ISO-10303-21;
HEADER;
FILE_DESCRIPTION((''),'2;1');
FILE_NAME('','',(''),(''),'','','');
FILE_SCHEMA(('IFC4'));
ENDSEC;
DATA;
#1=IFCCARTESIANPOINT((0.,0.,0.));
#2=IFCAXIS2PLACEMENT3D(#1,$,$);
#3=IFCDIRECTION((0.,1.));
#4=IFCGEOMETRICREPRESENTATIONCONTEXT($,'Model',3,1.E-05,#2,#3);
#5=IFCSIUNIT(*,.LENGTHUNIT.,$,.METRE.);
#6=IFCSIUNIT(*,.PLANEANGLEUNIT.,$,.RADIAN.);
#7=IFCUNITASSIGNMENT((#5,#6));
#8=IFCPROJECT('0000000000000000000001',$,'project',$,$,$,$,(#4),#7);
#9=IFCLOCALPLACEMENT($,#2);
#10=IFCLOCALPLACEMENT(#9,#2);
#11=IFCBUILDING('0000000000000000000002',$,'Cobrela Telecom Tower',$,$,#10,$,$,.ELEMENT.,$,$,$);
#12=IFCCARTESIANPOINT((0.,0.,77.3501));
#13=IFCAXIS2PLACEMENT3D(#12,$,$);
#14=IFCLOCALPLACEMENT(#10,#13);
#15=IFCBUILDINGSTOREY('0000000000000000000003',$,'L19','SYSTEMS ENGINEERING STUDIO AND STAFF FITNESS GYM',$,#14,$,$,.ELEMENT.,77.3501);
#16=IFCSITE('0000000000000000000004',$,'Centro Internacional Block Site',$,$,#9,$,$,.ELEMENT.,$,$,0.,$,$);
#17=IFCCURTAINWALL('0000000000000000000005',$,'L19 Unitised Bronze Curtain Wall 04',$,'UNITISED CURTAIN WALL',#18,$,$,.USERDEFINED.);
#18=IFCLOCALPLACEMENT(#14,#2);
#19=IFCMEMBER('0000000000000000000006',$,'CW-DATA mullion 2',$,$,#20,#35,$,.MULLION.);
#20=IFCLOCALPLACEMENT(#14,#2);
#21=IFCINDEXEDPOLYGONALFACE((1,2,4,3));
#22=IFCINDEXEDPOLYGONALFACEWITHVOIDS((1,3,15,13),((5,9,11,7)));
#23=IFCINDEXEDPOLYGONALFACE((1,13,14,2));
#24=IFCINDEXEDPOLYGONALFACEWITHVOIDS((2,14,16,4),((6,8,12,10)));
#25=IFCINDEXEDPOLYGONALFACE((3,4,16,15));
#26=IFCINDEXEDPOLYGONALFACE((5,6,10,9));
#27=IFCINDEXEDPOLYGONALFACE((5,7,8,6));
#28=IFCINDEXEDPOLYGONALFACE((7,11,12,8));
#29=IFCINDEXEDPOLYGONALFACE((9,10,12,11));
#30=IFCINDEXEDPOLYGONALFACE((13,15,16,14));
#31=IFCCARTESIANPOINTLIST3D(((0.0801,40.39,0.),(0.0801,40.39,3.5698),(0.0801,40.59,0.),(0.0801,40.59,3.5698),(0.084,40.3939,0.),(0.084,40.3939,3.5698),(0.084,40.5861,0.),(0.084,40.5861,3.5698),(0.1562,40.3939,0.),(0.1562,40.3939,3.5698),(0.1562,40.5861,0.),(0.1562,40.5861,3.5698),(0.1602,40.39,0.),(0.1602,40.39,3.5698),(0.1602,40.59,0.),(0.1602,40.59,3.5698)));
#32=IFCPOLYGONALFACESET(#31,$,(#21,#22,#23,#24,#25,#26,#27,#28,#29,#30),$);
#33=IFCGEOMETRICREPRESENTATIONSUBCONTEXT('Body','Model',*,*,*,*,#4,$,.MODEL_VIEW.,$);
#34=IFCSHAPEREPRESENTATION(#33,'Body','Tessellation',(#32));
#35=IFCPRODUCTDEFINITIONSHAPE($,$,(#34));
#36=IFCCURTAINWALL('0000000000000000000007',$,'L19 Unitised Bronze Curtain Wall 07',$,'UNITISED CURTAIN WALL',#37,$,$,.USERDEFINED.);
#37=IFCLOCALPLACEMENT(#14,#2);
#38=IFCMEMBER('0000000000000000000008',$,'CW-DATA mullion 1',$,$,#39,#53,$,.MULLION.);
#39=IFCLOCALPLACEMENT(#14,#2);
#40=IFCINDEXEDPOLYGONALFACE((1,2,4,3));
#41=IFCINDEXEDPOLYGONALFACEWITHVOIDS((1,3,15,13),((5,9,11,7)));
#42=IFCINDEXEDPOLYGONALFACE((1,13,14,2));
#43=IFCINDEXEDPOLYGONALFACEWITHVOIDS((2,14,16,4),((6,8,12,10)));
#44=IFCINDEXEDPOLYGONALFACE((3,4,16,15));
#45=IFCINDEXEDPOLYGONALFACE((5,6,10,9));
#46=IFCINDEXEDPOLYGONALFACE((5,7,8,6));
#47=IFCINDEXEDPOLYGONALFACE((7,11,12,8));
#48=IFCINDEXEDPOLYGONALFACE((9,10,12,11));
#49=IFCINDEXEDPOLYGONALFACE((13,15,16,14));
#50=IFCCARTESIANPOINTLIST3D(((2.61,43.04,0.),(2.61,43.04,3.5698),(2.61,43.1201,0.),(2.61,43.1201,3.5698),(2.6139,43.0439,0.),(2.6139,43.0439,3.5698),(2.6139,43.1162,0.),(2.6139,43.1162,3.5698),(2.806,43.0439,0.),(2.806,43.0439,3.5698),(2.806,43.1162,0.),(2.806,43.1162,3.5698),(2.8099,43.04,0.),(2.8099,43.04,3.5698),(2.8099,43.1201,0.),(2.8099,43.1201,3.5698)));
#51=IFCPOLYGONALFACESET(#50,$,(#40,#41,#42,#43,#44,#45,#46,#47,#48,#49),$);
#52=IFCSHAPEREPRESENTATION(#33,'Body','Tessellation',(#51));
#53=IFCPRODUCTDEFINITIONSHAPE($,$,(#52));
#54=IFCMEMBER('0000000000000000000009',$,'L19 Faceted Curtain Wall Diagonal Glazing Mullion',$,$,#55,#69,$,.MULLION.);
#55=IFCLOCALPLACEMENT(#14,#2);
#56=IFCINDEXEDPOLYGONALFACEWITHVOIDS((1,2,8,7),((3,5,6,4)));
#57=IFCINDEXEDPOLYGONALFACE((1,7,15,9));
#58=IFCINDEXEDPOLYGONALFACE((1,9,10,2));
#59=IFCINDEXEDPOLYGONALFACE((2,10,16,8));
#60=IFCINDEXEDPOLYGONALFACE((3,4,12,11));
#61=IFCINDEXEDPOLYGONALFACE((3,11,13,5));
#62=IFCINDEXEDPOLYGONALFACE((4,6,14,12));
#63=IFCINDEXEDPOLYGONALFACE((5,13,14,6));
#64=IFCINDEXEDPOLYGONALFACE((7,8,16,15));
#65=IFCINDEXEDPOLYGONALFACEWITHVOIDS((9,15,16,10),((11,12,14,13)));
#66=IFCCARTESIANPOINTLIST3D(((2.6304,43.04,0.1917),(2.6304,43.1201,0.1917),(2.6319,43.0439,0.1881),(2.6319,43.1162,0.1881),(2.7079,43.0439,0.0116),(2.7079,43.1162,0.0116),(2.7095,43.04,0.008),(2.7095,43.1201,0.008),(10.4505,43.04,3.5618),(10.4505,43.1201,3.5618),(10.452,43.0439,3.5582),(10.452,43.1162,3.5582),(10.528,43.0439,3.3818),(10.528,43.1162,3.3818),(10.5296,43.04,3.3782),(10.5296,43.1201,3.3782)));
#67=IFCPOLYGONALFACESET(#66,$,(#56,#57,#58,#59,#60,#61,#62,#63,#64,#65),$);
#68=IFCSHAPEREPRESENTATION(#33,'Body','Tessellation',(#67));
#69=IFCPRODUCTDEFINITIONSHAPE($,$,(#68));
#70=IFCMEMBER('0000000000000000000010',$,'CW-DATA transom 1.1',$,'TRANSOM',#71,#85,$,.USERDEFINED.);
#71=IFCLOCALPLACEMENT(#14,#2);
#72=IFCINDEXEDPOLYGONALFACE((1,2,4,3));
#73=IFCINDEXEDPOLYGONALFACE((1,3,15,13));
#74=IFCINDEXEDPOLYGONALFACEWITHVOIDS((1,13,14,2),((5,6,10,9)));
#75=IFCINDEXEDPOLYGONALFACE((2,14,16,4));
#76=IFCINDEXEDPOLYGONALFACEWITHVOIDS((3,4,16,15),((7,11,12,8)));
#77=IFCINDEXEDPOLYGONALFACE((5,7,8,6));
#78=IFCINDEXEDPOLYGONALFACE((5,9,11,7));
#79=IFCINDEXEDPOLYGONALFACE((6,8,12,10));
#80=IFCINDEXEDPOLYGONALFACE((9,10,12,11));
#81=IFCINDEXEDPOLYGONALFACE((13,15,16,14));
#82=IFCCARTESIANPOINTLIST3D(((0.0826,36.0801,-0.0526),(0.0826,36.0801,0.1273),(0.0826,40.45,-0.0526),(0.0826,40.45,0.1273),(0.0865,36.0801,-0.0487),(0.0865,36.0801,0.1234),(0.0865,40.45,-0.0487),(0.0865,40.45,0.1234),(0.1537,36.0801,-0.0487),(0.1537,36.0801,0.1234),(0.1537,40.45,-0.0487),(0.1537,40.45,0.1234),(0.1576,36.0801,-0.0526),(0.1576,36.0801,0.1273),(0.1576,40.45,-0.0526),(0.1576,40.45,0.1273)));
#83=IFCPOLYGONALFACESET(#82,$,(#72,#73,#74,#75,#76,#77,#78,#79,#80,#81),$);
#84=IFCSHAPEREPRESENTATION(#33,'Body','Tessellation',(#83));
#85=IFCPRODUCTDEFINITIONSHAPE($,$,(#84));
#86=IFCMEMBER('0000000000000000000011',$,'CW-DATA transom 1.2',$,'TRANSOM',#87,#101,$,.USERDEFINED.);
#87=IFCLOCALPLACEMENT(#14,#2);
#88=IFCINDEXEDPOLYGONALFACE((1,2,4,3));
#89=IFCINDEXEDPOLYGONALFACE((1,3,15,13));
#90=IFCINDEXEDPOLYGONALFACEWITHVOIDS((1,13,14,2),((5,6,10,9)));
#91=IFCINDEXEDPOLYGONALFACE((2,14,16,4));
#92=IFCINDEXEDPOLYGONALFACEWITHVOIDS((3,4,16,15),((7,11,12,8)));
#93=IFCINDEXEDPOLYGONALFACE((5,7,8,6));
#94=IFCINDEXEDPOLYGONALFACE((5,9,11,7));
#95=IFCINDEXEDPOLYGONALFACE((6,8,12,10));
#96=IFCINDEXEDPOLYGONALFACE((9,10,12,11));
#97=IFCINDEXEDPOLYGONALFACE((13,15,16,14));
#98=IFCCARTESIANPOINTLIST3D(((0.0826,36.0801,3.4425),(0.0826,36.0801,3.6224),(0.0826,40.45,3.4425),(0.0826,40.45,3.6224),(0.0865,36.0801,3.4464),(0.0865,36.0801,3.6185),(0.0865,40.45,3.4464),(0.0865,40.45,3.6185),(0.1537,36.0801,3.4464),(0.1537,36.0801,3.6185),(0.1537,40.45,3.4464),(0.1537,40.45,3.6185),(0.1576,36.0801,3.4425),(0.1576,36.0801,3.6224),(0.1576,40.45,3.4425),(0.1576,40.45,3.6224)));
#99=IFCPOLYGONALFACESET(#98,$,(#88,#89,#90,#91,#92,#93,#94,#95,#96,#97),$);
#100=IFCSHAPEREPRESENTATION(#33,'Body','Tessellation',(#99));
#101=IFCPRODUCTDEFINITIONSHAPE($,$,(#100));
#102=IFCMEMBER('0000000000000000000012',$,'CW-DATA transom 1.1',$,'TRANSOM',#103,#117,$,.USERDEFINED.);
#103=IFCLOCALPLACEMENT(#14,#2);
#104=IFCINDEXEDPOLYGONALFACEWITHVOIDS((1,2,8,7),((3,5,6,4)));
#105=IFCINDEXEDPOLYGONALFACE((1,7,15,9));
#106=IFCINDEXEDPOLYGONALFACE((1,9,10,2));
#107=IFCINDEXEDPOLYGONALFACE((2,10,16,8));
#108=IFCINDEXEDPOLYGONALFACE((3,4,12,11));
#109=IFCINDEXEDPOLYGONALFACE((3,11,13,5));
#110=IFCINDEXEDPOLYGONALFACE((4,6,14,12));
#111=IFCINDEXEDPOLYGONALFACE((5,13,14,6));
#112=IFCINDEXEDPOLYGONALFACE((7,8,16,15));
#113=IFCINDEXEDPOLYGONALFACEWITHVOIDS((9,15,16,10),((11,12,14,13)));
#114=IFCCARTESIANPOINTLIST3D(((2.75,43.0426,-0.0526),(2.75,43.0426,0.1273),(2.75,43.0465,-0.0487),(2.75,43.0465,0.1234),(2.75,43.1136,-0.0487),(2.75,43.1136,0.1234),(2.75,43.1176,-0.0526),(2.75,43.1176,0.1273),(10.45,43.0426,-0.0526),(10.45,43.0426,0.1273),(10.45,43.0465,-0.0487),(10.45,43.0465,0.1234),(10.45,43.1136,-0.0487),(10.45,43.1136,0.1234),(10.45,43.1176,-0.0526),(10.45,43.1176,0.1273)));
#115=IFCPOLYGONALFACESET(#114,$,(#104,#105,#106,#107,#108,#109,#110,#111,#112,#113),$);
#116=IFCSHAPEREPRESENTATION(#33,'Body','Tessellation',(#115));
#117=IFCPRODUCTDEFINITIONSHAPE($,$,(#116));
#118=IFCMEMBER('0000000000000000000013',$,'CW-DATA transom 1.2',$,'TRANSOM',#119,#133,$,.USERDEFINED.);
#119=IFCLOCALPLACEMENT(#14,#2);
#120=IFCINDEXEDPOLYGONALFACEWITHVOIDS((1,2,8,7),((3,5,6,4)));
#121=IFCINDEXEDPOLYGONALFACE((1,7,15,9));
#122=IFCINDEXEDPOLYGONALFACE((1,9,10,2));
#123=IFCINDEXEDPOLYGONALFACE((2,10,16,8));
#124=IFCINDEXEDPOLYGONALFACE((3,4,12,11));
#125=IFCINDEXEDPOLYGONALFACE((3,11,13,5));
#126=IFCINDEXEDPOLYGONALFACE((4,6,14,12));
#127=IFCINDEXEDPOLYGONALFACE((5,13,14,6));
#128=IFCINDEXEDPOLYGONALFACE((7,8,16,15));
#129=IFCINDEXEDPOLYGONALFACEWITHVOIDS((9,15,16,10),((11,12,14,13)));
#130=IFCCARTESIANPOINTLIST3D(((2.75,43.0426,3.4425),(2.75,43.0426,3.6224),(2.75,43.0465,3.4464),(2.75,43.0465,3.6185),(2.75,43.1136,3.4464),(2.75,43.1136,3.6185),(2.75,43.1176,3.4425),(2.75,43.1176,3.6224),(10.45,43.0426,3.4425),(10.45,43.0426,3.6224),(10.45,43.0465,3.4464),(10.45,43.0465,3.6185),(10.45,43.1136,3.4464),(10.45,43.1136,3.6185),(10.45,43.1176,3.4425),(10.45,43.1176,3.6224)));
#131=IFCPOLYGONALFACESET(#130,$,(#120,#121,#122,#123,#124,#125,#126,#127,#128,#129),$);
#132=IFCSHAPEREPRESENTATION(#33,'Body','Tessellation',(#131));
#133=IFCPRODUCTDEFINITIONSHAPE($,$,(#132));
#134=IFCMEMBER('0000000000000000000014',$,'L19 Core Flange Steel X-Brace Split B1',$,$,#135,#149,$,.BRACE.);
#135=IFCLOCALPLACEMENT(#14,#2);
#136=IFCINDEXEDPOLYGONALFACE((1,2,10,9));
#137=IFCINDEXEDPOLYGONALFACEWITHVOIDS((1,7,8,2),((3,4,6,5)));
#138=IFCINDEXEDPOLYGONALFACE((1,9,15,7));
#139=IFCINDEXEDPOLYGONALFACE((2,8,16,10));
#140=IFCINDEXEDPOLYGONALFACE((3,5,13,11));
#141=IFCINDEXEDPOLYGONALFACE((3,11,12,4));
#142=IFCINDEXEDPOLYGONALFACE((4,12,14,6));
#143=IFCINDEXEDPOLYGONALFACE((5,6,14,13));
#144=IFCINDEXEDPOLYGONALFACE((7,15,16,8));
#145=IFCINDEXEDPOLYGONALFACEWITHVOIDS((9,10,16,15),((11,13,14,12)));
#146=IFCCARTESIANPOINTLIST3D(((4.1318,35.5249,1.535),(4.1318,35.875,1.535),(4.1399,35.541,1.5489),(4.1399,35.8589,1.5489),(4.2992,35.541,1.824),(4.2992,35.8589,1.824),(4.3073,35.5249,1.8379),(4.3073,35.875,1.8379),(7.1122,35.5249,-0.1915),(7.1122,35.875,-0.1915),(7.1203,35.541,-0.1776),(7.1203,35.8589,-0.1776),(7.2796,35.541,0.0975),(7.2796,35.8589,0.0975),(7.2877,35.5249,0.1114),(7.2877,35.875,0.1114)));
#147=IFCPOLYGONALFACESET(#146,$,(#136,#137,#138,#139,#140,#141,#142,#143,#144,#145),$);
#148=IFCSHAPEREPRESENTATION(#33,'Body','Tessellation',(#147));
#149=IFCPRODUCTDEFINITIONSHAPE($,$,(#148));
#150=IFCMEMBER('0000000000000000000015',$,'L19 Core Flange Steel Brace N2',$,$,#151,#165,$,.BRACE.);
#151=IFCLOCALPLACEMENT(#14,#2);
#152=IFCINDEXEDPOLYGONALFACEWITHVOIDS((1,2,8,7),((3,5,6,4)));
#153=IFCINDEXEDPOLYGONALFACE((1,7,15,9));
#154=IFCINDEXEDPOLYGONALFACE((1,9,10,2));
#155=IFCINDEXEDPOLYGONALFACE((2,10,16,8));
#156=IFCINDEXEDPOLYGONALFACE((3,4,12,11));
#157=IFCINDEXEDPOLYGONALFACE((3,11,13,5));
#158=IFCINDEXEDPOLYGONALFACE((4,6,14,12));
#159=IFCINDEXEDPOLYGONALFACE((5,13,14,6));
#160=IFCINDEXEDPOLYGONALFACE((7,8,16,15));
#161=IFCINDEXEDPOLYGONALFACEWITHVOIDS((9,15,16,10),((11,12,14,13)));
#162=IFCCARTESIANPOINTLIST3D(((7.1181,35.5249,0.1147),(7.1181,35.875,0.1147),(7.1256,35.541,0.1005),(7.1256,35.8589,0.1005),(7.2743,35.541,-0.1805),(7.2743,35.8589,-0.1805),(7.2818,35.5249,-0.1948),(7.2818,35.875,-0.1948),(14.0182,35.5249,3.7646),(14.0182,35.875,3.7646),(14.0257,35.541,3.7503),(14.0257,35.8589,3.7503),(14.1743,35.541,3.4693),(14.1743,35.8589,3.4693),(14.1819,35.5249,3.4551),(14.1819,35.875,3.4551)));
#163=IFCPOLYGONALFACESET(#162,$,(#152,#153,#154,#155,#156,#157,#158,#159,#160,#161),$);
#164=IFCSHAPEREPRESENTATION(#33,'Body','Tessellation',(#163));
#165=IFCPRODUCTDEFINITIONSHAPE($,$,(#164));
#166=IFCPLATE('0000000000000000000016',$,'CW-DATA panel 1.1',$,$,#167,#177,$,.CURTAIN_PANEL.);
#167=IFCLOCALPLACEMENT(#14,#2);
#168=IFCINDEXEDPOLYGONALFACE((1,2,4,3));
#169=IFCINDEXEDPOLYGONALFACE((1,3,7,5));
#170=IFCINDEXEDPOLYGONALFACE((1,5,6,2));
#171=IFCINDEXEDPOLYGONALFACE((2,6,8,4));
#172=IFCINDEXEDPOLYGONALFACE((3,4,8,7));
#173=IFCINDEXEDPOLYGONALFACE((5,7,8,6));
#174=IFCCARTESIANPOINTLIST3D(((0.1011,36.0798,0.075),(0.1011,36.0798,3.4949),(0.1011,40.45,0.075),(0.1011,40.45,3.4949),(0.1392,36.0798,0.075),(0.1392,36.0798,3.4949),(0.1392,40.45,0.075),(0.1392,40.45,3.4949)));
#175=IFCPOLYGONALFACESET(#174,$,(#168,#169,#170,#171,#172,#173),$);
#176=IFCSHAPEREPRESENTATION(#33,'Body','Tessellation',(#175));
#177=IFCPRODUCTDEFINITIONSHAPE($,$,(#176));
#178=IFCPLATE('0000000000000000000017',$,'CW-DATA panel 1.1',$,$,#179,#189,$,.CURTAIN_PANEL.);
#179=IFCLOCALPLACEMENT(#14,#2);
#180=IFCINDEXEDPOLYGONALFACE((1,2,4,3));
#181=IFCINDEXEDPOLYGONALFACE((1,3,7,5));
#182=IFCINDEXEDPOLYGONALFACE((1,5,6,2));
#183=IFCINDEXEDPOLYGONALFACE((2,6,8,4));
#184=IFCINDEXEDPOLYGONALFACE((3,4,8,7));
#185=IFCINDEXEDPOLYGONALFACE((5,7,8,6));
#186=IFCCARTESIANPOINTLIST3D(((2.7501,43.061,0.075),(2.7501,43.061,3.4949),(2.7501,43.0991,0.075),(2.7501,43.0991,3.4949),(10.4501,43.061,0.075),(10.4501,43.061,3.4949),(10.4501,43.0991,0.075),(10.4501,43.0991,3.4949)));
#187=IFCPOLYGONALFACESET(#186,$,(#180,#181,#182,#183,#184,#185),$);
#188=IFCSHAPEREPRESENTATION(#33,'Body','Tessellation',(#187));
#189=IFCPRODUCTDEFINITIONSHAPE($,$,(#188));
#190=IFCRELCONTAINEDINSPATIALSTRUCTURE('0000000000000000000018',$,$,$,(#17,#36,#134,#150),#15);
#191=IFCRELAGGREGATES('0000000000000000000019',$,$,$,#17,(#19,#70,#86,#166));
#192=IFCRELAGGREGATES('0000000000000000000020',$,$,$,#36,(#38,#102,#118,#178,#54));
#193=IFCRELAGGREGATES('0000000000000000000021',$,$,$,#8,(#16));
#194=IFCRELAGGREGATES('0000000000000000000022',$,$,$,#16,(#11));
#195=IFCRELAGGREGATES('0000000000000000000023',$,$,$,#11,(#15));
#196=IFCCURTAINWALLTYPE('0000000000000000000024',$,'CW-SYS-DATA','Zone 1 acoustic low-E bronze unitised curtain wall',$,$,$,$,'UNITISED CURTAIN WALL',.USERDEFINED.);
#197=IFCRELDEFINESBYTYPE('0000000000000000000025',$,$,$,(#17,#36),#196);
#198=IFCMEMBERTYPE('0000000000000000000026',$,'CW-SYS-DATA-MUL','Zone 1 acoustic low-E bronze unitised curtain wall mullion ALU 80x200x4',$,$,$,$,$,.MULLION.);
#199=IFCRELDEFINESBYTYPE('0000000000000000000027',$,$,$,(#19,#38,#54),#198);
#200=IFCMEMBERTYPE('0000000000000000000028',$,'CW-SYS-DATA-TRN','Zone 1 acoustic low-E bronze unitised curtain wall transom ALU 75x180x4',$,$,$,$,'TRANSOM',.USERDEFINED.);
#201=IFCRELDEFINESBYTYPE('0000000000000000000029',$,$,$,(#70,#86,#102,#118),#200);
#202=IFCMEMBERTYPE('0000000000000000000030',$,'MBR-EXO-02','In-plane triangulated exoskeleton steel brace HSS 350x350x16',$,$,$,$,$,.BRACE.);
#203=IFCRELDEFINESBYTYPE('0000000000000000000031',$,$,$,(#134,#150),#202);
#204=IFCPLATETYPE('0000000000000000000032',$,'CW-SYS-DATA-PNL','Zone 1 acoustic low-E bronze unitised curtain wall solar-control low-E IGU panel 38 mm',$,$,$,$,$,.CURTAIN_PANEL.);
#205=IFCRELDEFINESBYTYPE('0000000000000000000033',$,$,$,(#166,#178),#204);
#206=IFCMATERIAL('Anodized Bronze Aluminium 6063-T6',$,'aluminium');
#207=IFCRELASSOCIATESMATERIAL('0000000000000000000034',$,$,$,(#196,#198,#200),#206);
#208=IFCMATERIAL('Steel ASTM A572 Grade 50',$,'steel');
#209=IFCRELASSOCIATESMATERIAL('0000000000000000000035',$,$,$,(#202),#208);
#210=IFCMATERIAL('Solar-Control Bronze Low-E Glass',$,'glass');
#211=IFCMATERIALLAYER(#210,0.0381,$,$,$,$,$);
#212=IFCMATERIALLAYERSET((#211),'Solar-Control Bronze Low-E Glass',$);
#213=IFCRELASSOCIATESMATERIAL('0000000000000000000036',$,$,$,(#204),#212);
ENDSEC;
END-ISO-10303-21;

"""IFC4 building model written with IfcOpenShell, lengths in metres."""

from ifc_helpers import new_model, si_unit, direction, frame, origin, origin_2d, place, context, subcontext, project, spatial, rectangle, hollow_rectangle, extrude, material, layer, layer_set, material_profile, profile_set, type_object, element, aggregate, save


model = new_model("IFC4")

# Units and contexts
model_context = context("Model", 3, precision=1e-05, world=origin(), true_north=direction((0.0, 1.0)))
body_context = subcontext(model_context, "Body", "Model", "MODEL_VIEW")
ifc_project = project(units=[si_unit("LENGTHUNIT", "METRE"), si_unit("PLANEANGLEUNIT", "RADIAN")], contexts=[model_context])

# Site, building, storey
site_placement = place(None, origin())
site = spatial("IfcSite", under=ifc_project, at=site_placement, Name="Centro Internacional Block Site", CompositionType="ELEMENT", RefElevation=0.0)
building_placement = place(site_placement, origin())
building = spatial("IfcBuilding", under=site, at=building_placement, Name="Cobrela Telecom Tower", CompositionType="ELEMENT")
storey_placement = place(building_placement, frame((0.0, 0.0, 77.3501)))
storey = spatial("IfcBuildingStorey", under=building, at=storey_placement, Name="L19", Description="SYSTEMS ENGINEERING STUDIO AND STAFF FITNESS GYM", CompositionType="ELEMENT", Elevation=77.3501)

# Shared definitions
ifc_material_1 = material(Name="Steel ASTM A572 Grade 50", Category="steel")

# Curtain walls, members
ifc_material_2 = material(Name="Anodized Bronze Aluminium 6063-T6", Category="aluminium")
curtain_wall_type = type_object("IfcCurtainWallType", Name="CW-SYS-DATA", Description="Zone 1 acoustic low-E bronze unitised curtain wall", ElementType="UNITISED CURTAIN WALL", PredefinedType="USERDEFINED", material=ifc_material_2)
curtain_wall_1_placement = place(storey_placement, origin())
curtain_wall_1 = element("IfcCurtainWall", 1, at=curtain_wall_1_placement, inside=storey, type_object=curtain_wall_type, Name="L19 Unitised Bronze Curtain Wall 04", ObjectType="UNITISED CURTAIN WALL", PredefinedType="USERDEFINED")
ifc_material_profile_1 = material_profile(ifc_material_2, hollow_rectangle(XDim=0.0801, YDim=0.2, WallThickness=0.0039, at=origin_2d()), Name="ALU 80x200x4")
ifc_profile_set_1 = profile_set([ifc_material_profile_1], Name="Anodized Bronze Aluminium 6063-T6")
member_type_1 = type_object("IfcMemberType", Name="CW-SYS-DATA-MUL", Description="Zone 1 acoustic low-E bronze unitised curtain wall mullion ALU 80x200x4", PredefinedType="MULLION", material=ifc_profile_set_1)
member_1_placement = place(storey_placement, frame((0.1201, 40.49, 0.0), z_axis=(0.0, 0.0, 1.0), x_axis=(-1.0, 0.0, 0.0)))
member_1 = element("IfcMember", 2, at=member_1_placement, type_object=member_type_1, Name="CW-DATA mullion 2", PredefinedType="MULLION", context=body_context, shape_type="SweptSolid", body=[
    extrude(hollow_rectangle(XDim=0.0801, YDim=0.2, WallThickness=0.0039, at=origin_2d()), origin(), (0.0, 0.0, 1.0), 3.5698),
])
curtain_wall_2_placement = place(storey_placement, origin())
curtain_wall_2 = element("IfcCurtainWall", 3, at=curtain_wall_2_placement, inside=storey, type_object=curtain_wall_type, Name="L19 Unitised Bronze Curtain Wall 07", ObjectType="UNITISED CURTAIN WALL", PredefinedType="USERDEFINED")
member_2_placement = place(storey_placement, frame((2.71, 43.0801, 0.0), z_axis=(0.0, 0.0, 1.0), x_axis=(0.0, 1.0, 0.0)))
member_2 = element("IfcMember", 4, at=member_2_placement, type_object=member_type_1, Name="CW-DATA mullion 1", PredefinedType="MULLION", context=body_context, shape_type="SweptSolid", body=[
    extrude(hollow_rectangle(XDim=0.0801, YDim=0.2, WallThickness=0.0039, at=origin_2d()), origin(), (0.0, 0.0, 1.0), 3.5698),
])
member_3_placement = place(storey_placement, frame((2.6699, 43.0801, 0.0999), z_axis=(0.91835, 0.0, 0.39577), x_axis=(0.0, 1.0, 0.0)))
member_3 = element("IfcMember", 5, at=member_3_placement, type_object=member_type_1, Name="L19 Faceted Curtain Wall Diagonal Glazing Mullion", PredefinedType="MULLION", context=body_context, shape_type="SweptSolid", body=[
    extrude(hollow_rectangle(XDim=0.0801, YDim=0.2, WallThickness=0.0039, at=origin_2d()), origin(), (0.0, 0.0, 1.0), 8.5154),
])

# Members
ifc_material_profile_2 = material_profile(ifc_material_2, hollow_rectangle(XDim=0.075, YDim=0.1799, WallThickness=0.0039, at=origin_2d()), Name="ALU 75x180x4")
ifc_profile_set_2 = profile_set([ifc_material_profile_2], Name="Anodized Bronze Aluminium 6063-T6")
member_type_2 = type_object("IfcMemberType", Name="CW-SYS-DATA-TRN", Description="Zone 1 acoustic low-E bronze unitised curtain wall transom ALU 75x180x4", ElementType="TRANSOM", PredefinedType="USERDEFINED", material=ifc_profile_set_2)
member_4_placement = place(storey_placement, frame((0.1201, 36.0801, 0.0374), z_axis=(0.0, 1.0, 0.0), x_axis=(-1.0, 0.0, 0.0)))
member_4 = element("IfcMember", 6, at=member_4_placement, type_object=member_type_2, Name="CW-DATA transom 1.1", ObjectType="TRANSOM", PredefinedType="USERDEFINED", context=body_context, shape_type="SweptSolid", body=[
    extrude(hollow_rectangle(XDim=0.075, YDim=0.1799, WallThickness=0.0039, at=origin_2d()), origin(), (0.0, 0.0, 1.0), 4.3699),
])
member_5_placement = place(storey_placement, frame((0.1201, 36.0801, 3.5325), z_axis=(0.0, 1.0, 0.0), x_axis=(-1.0, 0.0, 0.0)))
member_5 = element("IfcMember", 7, at=member_5_placement, type_object=member_type_2, Name="CW-DATA transom 1.2", ObjectType="TRANSOM", PredefinedType="USERDEFINED", context=body_context, shape_type="SweptSolid", body=[
    extrude(hollow_rectangle(XDim=0.075, YDim=0.1799, WallThickness=0.0039, at=origin_2d()), origin(), (0.0, 0.0, 1.0), 4.3699),
])
member_6_placement = place(storey_placement, frame((2.75, 43.0801, 0.0374), z_axis=(1.0, 0.0, 0.0), x_axis=(0.0, 1.0, 0.0)))
member_6 = element("IfcMember", 8, at=member_6_placement, type_object=member_type_2, Name="CW-DATA transom 1.1", ObjectType="TRANSOM", PredefinedType="USERDEFINED", context=body_context, shape_type="SweptSolid", body=[
    extrude(hollow_rectangle(XDim=0.075, YDim=0.1799, WallThickness=0.0039, at=origin_2d()), origin(), (0.0, 0.0, 1.0), 7.7),
])
member_7_placement = place(storey_placement, frame((2.75, 43.0801, 3.5325), z_axis=(1.0, 0.0, 0.0), x_axis=(0.0, 1.0, 0.0)))
member_7 = element("IfcMember", 9, at=member_7_placement, type_object=member_type_2, Name="CW-DATA transom 1.2", ObjectType="TRANSOM", PredefinedType="USERDEFINED", context=body_context, shape_type="SweptSolid", body=[
    extrude(hollow_rectangle(XDim=0.075, YDim=0.1799, WallThickness=0.0039, at=origin_2d()), origin(), (0.0, 0.0, 1.0), 7.7),
])

# Members
ifc_material_profile_3 = material_profile(ifc_material_1, hollow_rectangle(XDim=0.3501, YDim=0.3501, WallThickness=0.0161, at=origin_2d()), Name="HSS 350x350x16")
ifc_profile_set_3 = profile_set([ifc_material_profile_3], Name="Steel ASTM A572 Grade 50")
member_type_3 = type_object("IfcMemberType", Name="MBR-EXO-02", Description="In-plane triangulated exoskeleton steel brace HSS 350x350x16", PredefinedType="BRACE", material=ifc_profile_set_3)
member_8_placement = place(storey_placement, frame((7.2, 35.7, -0.04), z_axis=(-0.865297, 0.0, 0.50126), x_axis=(0.0, -1.0, 0.0)))
element("IfcMember", 10, at=member_8_placement, inside=storey, type_object=member_type_3, Name="L19 Core Flange Steel X-Brace Split B1", PredefinedType="BRACE", context=body_context, shape_type="SweptSolid", body=[
    extrude(hollow_rectangle(XDim=0.3501, YDim=0.3501, WallThickness=0.0161, at=origin_2d()), origin(), (0.0, 0.0, 1.0), 3.4443),
])
member_9_placement = place(storey_placement, frame((7.2, 35.7, -0.04), z_axis=(0.883953, 0.0, 0.467576), x_axis=(0.0, 1.0, 0.0)))
element("IfcMember", 11, at=member_9_placement, inside=storey, type_object=member_type_3, Name="L19 Core Flange Steel Brace N2", PredefinedType="BRACE", context=body_context, shape_type="SweptSolid", body=[
    extrude(hollow_rectangle(XDim=0.3501, YDim=0.3501, WallThickness=0.0161, at=origin_2d()), origin(), (0.0, 0.0, 1.0), 7.8059),
])

# Plates
ifc_material_3 = material(Name="Solar-Control Bronze Low-E Glass", Category="glass")
ifc_layer_1 = layer(ifc_material_3, 0.0381)
ifc_layer_set_1 = layer_set([ifc_layer_1], Name="Solar-Control Bronze Low-E Glass")
plate_type_1 = type_object("IfcPlateType", Name="CW-SYS-DATA-PNL", Description="Zone 1 acoustic low-E bronze unitised curtain wall solar-control low-E IGU panel 38 mm", PredefinedType="CURTAIN_PANEL", material=ifc_layer_set_1)
plate_1_placement = place(storey_placement, frame((0.1201, 38.2649, 0.075), z_axis=(0.0, 0.0, 1.0), x_axis=(0.0, 1.0, 0.0)))
plate_1 = element("IfcPlate", 12, at=plate_1_placement, type_object=plate_type_1, Name="CW-DATA panel 1.1", PredefinedType="CURTAIN_PANEL", context=body_context, shape_type="SweptSolid", body=[
    extrude(rectangle(XDim=4.3701, YDim=0.0381, at=origin_2d()), origin(), (0.0, 0.0, 1.0), 3.4199),
])
aggregate(curtain_wall_1, [member_1, member_4, member_5, plate_1])
plate_2_placement = place(storey_placement, frame((6.6001, 43.0801, 0.075), z_axis=(0.0, 0.0, 1.0), x_axis=(1.0, 0.0, 0.0)))
plate_2 = element("IfcPlate", 13, at=plate_2_placement, type_object=plate_type_1, Name="CW-DATA panel 1.1", PredefinedType="CURTAIN_PANEL", context=body_context, shape_type="SweptSolid", body=[
    extrude(rectangle(XDim=7.7, YDim=0.0381, at=origin_2d()), origin(), (0.0, 0.0, 1.0), 3.4199),
])
aggregate(curtain_wall_2, [member_2, member_6, member_7, plate_2, member_3])

save(model, "model.ifc")
